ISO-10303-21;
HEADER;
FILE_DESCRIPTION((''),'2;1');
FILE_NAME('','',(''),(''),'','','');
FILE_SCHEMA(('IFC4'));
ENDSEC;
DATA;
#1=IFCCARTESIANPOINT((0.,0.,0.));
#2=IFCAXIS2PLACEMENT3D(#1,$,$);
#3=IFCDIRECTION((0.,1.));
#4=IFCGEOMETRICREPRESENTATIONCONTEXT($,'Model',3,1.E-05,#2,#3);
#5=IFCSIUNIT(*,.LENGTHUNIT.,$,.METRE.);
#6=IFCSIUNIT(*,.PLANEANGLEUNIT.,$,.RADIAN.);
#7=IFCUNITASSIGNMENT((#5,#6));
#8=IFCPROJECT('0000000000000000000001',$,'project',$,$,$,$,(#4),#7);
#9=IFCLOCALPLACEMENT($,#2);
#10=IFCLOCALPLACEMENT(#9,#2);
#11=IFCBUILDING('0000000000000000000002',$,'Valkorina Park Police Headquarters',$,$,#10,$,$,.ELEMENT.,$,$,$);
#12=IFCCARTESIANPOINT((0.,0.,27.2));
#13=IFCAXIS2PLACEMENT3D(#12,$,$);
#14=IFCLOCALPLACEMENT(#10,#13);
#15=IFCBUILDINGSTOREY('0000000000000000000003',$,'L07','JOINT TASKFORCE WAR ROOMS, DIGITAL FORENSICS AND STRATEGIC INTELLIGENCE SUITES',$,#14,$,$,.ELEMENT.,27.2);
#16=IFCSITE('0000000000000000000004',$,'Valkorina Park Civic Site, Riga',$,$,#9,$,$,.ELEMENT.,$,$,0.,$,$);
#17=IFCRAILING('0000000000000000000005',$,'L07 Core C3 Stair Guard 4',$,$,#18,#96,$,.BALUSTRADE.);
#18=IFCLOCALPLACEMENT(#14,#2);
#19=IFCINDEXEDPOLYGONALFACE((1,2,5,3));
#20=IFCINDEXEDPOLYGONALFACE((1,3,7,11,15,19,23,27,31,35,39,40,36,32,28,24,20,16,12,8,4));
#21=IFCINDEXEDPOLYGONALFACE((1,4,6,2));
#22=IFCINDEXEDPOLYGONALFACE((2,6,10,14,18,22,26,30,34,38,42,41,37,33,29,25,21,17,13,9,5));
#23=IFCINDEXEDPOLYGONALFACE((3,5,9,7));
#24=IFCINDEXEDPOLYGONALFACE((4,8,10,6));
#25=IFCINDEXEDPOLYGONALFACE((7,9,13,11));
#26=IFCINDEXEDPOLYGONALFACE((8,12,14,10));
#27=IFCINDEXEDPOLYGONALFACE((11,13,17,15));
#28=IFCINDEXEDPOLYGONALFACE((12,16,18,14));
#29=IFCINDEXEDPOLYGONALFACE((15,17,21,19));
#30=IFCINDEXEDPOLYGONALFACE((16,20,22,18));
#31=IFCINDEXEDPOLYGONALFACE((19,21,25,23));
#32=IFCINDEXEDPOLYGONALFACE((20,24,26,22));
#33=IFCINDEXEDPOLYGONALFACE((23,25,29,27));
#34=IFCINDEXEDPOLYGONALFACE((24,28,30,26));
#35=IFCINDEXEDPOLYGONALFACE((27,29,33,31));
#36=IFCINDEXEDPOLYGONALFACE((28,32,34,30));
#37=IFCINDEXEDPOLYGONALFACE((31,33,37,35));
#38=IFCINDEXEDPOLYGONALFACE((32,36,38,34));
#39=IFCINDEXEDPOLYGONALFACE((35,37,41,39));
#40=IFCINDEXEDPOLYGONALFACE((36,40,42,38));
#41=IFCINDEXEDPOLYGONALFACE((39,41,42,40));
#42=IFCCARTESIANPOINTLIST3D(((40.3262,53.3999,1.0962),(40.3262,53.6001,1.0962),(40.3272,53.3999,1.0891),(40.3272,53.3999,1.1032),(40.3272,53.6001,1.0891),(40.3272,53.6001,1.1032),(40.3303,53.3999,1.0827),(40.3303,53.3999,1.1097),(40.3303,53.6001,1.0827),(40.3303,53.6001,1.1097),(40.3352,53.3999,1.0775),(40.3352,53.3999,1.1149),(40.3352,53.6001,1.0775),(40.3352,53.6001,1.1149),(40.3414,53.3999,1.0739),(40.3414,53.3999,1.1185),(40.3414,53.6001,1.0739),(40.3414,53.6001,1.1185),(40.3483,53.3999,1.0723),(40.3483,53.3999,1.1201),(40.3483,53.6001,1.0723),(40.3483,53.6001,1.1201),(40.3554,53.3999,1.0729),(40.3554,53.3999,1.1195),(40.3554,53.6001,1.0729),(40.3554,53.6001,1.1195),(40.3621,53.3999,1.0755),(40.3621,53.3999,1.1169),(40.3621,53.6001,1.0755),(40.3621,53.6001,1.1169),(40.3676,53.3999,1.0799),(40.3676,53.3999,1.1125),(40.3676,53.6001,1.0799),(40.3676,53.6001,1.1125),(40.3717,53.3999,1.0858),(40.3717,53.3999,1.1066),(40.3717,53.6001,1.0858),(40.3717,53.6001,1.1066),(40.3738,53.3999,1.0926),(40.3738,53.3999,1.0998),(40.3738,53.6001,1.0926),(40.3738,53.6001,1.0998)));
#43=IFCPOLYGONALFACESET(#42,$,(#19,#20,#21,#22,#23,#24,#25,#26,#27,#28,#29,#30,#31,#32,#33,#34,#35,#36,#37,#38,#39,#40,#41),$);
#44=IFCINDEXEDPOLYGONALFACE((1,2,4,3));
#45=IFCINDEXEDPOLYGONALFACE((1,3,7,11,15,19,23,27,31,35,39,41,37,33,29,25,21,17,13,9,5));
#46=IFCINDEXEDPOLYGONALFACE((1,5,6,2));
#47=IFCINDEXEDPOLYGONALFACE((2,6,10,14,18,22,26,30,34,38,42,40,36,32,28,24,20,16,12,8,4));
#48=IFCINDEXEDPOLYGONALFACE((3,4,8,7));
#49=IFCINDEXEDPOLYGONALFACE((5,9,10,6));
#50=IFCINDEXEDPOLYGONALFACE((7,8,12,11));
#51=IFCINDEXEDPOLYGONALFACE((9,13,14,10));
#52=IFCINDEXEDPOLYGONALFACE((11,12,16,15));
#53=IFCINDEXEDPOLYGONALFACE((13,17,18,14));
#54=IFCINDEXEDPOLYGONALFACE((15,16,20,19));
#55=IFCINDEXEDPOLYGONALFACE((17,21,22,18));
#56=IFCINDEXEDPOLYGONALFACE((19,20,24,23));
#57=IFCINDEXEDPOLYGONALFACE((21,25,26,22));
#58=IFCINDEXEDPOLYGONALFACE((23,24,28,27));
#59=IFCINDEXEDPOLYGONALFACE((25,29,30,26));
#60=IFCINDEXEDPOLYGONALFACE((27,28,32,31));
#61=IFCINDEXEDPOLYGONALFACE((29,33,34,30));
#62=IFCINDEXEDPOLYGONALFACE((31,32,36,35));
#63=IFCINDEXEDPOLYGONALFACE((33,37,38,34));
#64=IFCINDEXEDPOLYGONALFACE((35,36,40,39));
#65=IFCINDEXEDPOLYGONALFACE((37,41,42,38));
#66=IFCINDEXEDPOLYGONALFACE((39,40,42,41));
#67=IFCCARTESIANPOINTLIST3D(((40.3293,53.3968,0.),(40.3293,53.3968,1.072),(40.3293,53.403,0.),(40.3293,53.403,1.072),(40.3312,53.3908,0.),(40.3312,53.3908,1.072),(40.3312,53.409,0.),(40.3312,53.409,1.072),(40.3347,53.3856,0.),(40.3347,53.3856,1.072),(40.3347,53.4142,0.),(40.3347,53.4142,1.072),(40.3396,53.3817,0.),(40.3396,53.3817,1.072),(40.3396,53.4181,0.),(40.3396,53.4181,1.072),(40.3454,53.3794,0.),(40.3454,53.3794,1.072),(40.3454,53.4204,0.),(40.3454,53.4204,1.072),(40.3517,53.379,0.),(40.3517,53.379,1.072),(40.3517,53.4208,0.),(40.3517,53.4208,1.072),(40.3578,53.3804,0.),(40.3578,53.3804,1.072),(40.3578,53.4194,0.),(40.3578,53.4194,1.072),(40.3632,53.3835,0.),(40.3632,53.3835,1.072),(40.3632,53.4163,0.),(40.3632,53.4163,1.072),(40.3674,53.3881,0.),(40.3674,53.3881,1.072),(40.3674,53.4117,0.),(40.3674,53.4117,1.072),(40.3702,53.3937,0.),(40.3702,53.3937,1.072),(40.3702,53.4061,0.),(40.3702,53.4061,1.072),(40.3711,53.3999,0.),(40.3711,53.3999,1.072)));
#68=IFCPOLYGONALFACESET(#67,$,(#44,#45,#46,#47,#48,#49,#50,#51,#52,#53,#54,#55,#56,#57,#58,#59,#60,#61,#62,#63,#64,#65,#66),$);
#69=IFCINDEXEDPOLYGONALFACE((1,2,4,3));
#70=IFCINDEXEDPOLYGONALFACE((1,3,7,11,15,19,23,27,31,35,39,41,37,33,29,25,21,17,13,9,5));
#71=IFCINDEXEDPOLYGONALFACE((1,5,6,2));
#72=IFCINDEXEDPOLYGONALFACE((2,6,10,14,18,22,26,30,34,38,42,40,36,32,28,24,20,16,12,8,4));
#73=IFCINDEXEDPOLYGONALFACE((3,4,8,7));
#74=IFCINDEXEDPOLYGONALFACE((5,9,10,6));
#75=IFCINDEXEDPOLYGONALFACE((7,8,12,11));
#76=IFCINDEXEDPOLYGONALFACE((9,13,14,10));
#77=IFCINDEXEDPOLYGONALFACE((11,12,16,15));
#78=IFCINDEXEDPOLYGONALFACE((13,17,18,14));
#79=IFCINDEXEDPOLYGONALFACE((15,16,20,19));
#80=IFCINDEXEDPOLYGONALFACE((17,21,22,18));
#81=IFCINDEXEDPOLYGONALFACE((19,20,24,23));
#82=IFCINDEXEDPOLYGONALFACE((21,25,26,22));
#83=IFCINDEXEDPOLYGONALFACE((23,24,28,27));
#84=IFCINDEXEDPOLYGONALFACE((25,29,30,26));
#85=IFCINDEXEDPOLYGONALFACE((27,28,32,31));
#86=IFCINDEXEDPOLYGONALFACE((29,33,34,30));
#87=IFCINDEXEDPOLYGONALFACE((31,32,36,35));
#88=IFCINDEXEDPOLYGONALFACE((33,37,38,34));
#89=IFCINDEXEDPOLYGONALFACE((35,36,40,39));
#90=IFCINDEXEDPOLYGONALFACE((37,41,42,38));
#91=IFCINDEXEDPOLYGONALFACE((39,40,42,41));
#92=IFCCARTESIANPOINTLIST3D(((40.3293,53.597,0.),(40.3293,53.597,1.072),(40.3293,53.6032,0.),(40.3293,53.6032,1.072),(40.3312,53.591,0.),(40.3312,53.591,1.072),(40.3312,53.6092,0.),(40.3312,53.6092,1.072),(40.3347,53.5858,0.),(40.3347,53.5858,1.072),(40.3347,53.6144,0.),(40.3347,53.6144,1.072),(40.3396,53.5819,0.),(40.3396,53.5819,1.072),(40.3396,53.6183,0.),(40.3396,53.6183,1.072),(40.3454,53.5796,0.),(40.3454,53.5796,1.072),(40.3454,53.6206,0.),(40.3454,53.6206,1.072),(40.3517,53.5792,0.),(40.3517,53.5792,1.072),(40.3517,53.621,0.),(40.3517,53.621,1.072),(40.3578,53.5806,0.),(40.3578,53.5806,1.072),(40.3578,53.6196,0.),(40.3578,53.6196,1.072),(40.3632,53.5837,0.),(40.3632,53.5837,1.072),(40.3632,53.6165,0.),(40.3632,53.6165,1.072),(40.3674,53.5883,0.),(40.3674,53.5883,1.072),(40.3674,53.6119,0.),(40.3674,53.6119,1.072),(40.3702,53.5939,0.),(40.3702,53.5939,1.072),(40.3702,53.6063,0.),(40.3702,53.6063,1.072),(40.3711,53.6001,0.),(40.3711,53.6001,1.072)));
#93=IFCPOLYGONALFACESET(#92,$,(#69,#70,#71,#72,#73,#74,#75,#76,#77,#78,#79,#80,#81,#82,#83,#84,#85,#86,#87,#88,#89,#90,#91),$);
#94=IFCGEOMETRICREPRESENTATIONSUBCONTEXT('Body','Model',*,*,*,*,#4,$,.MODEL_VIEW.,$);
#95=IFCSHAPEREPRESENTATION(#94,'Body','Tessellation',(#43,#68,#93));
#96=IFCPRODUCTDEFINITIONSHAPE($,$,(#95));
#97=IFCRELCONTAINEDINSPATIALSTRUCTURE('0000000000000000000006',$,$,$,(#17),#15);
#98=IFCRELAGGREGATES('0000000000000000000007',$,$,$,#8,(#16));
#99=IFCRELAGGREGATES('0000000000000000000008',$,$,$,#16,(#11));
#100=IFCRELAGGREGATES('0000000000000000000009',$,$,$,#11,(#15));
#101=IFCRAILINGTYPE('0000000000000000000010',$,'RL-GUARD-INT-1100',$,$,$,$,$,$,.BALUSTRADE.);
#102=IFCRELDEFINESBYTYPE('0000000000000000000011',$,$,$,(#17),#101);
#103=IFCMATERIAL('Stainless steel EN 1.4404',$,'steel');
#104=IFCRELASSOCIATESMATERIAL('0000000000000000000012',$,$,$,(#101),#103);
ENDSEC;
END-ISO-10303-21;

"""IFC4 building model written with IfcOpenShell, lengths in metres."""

from ifc_helpers import new_model, si_unit, direction, frame, origin, origin_2d, place, context, subcontext, project, spatial, circle, extrude, material, type_object, element, save


model = new_model("IFC4")

# Units and contexts
model_context = context("Model", 3, precision=1e-05, world=origin(), true_north=direction((0.0, 1.0)))
body_context = subcontext(model_context, "Body", "Model", "MODEL_VIEW")
ifc_project = project(units=[si_unit("LENGTHUNIT", "METRE"), si_unit("PLANEANGLEUNIT", "RADIAN")], contexts=[model_context])

# Site, building, storey
site_placement = place(None, origin())
site = spatial("IfcSite", under=ifc_project, at=site_placement, Name="Valkorina Park Civic Site, Riga", CompositionType="ELEMENT", RefElevation=0.0)
building_placement = place(site_placement, origin())
building = spatial("IfcBuilding", under=site, at=building_placement, Name="Valkorina Park Police Headquarters", CompositionType="ELEMENT")
storey_placement = place(building_placement, frame((0.0, 0.0, 27.2)))
storey = spatial("IfcBuildingStorey", under=building, at=storey_placement, Name="L07", Description="JOINT TASKFORCE WAR ROOMS, DIGITAL FORENSICS AND STRATEGIC INTELLIGENCE SUITES", CompositionType="ELEMENT", Elevation=27.2)

# Railing
ifc_material_1 = material(Name="Stainless steel EN 1.4404", Category="steel")
railing_type_1 = type_object("IfcRailingType", Name="RL-GUARD-INT-1100", PredefinedType="BALUSTRADE", material=ifc_material_1)
railing_1_placement = place(storey_placement, frame((40.3501, 53.3999, 0.0)))
element("IfcRailing", 1, at=railing_1_placement, inside=storey, type_object=railing_type_1, Name="L07 Core C3 Stair Guard 4", PredefinedType="BALUSTRADE", context=body_context, shape_type="SweptSolid", body=[
    extrude(circle(Radius=0.0239, at=origin_2d()), frame((0.0, 0.0, 1.0962), z_axis=(0.0, 1.0, 0.0), x_axis=(-1.0, 0.0, 0.0)), (0.0, 0.0, 1.0), 0.2002),
    extrude(circle(Radius=0.021, at=origin_2d()), origin(), (0.0, 0.0, 1.0), 1.072),
    extrude(circle(Radius=0.021, at=origin_2d()), frame((0.0, 0.2002, 0.0)), (0.0, 0.0, 1.0), 1.072),
])

save(model, "model.ifc")
